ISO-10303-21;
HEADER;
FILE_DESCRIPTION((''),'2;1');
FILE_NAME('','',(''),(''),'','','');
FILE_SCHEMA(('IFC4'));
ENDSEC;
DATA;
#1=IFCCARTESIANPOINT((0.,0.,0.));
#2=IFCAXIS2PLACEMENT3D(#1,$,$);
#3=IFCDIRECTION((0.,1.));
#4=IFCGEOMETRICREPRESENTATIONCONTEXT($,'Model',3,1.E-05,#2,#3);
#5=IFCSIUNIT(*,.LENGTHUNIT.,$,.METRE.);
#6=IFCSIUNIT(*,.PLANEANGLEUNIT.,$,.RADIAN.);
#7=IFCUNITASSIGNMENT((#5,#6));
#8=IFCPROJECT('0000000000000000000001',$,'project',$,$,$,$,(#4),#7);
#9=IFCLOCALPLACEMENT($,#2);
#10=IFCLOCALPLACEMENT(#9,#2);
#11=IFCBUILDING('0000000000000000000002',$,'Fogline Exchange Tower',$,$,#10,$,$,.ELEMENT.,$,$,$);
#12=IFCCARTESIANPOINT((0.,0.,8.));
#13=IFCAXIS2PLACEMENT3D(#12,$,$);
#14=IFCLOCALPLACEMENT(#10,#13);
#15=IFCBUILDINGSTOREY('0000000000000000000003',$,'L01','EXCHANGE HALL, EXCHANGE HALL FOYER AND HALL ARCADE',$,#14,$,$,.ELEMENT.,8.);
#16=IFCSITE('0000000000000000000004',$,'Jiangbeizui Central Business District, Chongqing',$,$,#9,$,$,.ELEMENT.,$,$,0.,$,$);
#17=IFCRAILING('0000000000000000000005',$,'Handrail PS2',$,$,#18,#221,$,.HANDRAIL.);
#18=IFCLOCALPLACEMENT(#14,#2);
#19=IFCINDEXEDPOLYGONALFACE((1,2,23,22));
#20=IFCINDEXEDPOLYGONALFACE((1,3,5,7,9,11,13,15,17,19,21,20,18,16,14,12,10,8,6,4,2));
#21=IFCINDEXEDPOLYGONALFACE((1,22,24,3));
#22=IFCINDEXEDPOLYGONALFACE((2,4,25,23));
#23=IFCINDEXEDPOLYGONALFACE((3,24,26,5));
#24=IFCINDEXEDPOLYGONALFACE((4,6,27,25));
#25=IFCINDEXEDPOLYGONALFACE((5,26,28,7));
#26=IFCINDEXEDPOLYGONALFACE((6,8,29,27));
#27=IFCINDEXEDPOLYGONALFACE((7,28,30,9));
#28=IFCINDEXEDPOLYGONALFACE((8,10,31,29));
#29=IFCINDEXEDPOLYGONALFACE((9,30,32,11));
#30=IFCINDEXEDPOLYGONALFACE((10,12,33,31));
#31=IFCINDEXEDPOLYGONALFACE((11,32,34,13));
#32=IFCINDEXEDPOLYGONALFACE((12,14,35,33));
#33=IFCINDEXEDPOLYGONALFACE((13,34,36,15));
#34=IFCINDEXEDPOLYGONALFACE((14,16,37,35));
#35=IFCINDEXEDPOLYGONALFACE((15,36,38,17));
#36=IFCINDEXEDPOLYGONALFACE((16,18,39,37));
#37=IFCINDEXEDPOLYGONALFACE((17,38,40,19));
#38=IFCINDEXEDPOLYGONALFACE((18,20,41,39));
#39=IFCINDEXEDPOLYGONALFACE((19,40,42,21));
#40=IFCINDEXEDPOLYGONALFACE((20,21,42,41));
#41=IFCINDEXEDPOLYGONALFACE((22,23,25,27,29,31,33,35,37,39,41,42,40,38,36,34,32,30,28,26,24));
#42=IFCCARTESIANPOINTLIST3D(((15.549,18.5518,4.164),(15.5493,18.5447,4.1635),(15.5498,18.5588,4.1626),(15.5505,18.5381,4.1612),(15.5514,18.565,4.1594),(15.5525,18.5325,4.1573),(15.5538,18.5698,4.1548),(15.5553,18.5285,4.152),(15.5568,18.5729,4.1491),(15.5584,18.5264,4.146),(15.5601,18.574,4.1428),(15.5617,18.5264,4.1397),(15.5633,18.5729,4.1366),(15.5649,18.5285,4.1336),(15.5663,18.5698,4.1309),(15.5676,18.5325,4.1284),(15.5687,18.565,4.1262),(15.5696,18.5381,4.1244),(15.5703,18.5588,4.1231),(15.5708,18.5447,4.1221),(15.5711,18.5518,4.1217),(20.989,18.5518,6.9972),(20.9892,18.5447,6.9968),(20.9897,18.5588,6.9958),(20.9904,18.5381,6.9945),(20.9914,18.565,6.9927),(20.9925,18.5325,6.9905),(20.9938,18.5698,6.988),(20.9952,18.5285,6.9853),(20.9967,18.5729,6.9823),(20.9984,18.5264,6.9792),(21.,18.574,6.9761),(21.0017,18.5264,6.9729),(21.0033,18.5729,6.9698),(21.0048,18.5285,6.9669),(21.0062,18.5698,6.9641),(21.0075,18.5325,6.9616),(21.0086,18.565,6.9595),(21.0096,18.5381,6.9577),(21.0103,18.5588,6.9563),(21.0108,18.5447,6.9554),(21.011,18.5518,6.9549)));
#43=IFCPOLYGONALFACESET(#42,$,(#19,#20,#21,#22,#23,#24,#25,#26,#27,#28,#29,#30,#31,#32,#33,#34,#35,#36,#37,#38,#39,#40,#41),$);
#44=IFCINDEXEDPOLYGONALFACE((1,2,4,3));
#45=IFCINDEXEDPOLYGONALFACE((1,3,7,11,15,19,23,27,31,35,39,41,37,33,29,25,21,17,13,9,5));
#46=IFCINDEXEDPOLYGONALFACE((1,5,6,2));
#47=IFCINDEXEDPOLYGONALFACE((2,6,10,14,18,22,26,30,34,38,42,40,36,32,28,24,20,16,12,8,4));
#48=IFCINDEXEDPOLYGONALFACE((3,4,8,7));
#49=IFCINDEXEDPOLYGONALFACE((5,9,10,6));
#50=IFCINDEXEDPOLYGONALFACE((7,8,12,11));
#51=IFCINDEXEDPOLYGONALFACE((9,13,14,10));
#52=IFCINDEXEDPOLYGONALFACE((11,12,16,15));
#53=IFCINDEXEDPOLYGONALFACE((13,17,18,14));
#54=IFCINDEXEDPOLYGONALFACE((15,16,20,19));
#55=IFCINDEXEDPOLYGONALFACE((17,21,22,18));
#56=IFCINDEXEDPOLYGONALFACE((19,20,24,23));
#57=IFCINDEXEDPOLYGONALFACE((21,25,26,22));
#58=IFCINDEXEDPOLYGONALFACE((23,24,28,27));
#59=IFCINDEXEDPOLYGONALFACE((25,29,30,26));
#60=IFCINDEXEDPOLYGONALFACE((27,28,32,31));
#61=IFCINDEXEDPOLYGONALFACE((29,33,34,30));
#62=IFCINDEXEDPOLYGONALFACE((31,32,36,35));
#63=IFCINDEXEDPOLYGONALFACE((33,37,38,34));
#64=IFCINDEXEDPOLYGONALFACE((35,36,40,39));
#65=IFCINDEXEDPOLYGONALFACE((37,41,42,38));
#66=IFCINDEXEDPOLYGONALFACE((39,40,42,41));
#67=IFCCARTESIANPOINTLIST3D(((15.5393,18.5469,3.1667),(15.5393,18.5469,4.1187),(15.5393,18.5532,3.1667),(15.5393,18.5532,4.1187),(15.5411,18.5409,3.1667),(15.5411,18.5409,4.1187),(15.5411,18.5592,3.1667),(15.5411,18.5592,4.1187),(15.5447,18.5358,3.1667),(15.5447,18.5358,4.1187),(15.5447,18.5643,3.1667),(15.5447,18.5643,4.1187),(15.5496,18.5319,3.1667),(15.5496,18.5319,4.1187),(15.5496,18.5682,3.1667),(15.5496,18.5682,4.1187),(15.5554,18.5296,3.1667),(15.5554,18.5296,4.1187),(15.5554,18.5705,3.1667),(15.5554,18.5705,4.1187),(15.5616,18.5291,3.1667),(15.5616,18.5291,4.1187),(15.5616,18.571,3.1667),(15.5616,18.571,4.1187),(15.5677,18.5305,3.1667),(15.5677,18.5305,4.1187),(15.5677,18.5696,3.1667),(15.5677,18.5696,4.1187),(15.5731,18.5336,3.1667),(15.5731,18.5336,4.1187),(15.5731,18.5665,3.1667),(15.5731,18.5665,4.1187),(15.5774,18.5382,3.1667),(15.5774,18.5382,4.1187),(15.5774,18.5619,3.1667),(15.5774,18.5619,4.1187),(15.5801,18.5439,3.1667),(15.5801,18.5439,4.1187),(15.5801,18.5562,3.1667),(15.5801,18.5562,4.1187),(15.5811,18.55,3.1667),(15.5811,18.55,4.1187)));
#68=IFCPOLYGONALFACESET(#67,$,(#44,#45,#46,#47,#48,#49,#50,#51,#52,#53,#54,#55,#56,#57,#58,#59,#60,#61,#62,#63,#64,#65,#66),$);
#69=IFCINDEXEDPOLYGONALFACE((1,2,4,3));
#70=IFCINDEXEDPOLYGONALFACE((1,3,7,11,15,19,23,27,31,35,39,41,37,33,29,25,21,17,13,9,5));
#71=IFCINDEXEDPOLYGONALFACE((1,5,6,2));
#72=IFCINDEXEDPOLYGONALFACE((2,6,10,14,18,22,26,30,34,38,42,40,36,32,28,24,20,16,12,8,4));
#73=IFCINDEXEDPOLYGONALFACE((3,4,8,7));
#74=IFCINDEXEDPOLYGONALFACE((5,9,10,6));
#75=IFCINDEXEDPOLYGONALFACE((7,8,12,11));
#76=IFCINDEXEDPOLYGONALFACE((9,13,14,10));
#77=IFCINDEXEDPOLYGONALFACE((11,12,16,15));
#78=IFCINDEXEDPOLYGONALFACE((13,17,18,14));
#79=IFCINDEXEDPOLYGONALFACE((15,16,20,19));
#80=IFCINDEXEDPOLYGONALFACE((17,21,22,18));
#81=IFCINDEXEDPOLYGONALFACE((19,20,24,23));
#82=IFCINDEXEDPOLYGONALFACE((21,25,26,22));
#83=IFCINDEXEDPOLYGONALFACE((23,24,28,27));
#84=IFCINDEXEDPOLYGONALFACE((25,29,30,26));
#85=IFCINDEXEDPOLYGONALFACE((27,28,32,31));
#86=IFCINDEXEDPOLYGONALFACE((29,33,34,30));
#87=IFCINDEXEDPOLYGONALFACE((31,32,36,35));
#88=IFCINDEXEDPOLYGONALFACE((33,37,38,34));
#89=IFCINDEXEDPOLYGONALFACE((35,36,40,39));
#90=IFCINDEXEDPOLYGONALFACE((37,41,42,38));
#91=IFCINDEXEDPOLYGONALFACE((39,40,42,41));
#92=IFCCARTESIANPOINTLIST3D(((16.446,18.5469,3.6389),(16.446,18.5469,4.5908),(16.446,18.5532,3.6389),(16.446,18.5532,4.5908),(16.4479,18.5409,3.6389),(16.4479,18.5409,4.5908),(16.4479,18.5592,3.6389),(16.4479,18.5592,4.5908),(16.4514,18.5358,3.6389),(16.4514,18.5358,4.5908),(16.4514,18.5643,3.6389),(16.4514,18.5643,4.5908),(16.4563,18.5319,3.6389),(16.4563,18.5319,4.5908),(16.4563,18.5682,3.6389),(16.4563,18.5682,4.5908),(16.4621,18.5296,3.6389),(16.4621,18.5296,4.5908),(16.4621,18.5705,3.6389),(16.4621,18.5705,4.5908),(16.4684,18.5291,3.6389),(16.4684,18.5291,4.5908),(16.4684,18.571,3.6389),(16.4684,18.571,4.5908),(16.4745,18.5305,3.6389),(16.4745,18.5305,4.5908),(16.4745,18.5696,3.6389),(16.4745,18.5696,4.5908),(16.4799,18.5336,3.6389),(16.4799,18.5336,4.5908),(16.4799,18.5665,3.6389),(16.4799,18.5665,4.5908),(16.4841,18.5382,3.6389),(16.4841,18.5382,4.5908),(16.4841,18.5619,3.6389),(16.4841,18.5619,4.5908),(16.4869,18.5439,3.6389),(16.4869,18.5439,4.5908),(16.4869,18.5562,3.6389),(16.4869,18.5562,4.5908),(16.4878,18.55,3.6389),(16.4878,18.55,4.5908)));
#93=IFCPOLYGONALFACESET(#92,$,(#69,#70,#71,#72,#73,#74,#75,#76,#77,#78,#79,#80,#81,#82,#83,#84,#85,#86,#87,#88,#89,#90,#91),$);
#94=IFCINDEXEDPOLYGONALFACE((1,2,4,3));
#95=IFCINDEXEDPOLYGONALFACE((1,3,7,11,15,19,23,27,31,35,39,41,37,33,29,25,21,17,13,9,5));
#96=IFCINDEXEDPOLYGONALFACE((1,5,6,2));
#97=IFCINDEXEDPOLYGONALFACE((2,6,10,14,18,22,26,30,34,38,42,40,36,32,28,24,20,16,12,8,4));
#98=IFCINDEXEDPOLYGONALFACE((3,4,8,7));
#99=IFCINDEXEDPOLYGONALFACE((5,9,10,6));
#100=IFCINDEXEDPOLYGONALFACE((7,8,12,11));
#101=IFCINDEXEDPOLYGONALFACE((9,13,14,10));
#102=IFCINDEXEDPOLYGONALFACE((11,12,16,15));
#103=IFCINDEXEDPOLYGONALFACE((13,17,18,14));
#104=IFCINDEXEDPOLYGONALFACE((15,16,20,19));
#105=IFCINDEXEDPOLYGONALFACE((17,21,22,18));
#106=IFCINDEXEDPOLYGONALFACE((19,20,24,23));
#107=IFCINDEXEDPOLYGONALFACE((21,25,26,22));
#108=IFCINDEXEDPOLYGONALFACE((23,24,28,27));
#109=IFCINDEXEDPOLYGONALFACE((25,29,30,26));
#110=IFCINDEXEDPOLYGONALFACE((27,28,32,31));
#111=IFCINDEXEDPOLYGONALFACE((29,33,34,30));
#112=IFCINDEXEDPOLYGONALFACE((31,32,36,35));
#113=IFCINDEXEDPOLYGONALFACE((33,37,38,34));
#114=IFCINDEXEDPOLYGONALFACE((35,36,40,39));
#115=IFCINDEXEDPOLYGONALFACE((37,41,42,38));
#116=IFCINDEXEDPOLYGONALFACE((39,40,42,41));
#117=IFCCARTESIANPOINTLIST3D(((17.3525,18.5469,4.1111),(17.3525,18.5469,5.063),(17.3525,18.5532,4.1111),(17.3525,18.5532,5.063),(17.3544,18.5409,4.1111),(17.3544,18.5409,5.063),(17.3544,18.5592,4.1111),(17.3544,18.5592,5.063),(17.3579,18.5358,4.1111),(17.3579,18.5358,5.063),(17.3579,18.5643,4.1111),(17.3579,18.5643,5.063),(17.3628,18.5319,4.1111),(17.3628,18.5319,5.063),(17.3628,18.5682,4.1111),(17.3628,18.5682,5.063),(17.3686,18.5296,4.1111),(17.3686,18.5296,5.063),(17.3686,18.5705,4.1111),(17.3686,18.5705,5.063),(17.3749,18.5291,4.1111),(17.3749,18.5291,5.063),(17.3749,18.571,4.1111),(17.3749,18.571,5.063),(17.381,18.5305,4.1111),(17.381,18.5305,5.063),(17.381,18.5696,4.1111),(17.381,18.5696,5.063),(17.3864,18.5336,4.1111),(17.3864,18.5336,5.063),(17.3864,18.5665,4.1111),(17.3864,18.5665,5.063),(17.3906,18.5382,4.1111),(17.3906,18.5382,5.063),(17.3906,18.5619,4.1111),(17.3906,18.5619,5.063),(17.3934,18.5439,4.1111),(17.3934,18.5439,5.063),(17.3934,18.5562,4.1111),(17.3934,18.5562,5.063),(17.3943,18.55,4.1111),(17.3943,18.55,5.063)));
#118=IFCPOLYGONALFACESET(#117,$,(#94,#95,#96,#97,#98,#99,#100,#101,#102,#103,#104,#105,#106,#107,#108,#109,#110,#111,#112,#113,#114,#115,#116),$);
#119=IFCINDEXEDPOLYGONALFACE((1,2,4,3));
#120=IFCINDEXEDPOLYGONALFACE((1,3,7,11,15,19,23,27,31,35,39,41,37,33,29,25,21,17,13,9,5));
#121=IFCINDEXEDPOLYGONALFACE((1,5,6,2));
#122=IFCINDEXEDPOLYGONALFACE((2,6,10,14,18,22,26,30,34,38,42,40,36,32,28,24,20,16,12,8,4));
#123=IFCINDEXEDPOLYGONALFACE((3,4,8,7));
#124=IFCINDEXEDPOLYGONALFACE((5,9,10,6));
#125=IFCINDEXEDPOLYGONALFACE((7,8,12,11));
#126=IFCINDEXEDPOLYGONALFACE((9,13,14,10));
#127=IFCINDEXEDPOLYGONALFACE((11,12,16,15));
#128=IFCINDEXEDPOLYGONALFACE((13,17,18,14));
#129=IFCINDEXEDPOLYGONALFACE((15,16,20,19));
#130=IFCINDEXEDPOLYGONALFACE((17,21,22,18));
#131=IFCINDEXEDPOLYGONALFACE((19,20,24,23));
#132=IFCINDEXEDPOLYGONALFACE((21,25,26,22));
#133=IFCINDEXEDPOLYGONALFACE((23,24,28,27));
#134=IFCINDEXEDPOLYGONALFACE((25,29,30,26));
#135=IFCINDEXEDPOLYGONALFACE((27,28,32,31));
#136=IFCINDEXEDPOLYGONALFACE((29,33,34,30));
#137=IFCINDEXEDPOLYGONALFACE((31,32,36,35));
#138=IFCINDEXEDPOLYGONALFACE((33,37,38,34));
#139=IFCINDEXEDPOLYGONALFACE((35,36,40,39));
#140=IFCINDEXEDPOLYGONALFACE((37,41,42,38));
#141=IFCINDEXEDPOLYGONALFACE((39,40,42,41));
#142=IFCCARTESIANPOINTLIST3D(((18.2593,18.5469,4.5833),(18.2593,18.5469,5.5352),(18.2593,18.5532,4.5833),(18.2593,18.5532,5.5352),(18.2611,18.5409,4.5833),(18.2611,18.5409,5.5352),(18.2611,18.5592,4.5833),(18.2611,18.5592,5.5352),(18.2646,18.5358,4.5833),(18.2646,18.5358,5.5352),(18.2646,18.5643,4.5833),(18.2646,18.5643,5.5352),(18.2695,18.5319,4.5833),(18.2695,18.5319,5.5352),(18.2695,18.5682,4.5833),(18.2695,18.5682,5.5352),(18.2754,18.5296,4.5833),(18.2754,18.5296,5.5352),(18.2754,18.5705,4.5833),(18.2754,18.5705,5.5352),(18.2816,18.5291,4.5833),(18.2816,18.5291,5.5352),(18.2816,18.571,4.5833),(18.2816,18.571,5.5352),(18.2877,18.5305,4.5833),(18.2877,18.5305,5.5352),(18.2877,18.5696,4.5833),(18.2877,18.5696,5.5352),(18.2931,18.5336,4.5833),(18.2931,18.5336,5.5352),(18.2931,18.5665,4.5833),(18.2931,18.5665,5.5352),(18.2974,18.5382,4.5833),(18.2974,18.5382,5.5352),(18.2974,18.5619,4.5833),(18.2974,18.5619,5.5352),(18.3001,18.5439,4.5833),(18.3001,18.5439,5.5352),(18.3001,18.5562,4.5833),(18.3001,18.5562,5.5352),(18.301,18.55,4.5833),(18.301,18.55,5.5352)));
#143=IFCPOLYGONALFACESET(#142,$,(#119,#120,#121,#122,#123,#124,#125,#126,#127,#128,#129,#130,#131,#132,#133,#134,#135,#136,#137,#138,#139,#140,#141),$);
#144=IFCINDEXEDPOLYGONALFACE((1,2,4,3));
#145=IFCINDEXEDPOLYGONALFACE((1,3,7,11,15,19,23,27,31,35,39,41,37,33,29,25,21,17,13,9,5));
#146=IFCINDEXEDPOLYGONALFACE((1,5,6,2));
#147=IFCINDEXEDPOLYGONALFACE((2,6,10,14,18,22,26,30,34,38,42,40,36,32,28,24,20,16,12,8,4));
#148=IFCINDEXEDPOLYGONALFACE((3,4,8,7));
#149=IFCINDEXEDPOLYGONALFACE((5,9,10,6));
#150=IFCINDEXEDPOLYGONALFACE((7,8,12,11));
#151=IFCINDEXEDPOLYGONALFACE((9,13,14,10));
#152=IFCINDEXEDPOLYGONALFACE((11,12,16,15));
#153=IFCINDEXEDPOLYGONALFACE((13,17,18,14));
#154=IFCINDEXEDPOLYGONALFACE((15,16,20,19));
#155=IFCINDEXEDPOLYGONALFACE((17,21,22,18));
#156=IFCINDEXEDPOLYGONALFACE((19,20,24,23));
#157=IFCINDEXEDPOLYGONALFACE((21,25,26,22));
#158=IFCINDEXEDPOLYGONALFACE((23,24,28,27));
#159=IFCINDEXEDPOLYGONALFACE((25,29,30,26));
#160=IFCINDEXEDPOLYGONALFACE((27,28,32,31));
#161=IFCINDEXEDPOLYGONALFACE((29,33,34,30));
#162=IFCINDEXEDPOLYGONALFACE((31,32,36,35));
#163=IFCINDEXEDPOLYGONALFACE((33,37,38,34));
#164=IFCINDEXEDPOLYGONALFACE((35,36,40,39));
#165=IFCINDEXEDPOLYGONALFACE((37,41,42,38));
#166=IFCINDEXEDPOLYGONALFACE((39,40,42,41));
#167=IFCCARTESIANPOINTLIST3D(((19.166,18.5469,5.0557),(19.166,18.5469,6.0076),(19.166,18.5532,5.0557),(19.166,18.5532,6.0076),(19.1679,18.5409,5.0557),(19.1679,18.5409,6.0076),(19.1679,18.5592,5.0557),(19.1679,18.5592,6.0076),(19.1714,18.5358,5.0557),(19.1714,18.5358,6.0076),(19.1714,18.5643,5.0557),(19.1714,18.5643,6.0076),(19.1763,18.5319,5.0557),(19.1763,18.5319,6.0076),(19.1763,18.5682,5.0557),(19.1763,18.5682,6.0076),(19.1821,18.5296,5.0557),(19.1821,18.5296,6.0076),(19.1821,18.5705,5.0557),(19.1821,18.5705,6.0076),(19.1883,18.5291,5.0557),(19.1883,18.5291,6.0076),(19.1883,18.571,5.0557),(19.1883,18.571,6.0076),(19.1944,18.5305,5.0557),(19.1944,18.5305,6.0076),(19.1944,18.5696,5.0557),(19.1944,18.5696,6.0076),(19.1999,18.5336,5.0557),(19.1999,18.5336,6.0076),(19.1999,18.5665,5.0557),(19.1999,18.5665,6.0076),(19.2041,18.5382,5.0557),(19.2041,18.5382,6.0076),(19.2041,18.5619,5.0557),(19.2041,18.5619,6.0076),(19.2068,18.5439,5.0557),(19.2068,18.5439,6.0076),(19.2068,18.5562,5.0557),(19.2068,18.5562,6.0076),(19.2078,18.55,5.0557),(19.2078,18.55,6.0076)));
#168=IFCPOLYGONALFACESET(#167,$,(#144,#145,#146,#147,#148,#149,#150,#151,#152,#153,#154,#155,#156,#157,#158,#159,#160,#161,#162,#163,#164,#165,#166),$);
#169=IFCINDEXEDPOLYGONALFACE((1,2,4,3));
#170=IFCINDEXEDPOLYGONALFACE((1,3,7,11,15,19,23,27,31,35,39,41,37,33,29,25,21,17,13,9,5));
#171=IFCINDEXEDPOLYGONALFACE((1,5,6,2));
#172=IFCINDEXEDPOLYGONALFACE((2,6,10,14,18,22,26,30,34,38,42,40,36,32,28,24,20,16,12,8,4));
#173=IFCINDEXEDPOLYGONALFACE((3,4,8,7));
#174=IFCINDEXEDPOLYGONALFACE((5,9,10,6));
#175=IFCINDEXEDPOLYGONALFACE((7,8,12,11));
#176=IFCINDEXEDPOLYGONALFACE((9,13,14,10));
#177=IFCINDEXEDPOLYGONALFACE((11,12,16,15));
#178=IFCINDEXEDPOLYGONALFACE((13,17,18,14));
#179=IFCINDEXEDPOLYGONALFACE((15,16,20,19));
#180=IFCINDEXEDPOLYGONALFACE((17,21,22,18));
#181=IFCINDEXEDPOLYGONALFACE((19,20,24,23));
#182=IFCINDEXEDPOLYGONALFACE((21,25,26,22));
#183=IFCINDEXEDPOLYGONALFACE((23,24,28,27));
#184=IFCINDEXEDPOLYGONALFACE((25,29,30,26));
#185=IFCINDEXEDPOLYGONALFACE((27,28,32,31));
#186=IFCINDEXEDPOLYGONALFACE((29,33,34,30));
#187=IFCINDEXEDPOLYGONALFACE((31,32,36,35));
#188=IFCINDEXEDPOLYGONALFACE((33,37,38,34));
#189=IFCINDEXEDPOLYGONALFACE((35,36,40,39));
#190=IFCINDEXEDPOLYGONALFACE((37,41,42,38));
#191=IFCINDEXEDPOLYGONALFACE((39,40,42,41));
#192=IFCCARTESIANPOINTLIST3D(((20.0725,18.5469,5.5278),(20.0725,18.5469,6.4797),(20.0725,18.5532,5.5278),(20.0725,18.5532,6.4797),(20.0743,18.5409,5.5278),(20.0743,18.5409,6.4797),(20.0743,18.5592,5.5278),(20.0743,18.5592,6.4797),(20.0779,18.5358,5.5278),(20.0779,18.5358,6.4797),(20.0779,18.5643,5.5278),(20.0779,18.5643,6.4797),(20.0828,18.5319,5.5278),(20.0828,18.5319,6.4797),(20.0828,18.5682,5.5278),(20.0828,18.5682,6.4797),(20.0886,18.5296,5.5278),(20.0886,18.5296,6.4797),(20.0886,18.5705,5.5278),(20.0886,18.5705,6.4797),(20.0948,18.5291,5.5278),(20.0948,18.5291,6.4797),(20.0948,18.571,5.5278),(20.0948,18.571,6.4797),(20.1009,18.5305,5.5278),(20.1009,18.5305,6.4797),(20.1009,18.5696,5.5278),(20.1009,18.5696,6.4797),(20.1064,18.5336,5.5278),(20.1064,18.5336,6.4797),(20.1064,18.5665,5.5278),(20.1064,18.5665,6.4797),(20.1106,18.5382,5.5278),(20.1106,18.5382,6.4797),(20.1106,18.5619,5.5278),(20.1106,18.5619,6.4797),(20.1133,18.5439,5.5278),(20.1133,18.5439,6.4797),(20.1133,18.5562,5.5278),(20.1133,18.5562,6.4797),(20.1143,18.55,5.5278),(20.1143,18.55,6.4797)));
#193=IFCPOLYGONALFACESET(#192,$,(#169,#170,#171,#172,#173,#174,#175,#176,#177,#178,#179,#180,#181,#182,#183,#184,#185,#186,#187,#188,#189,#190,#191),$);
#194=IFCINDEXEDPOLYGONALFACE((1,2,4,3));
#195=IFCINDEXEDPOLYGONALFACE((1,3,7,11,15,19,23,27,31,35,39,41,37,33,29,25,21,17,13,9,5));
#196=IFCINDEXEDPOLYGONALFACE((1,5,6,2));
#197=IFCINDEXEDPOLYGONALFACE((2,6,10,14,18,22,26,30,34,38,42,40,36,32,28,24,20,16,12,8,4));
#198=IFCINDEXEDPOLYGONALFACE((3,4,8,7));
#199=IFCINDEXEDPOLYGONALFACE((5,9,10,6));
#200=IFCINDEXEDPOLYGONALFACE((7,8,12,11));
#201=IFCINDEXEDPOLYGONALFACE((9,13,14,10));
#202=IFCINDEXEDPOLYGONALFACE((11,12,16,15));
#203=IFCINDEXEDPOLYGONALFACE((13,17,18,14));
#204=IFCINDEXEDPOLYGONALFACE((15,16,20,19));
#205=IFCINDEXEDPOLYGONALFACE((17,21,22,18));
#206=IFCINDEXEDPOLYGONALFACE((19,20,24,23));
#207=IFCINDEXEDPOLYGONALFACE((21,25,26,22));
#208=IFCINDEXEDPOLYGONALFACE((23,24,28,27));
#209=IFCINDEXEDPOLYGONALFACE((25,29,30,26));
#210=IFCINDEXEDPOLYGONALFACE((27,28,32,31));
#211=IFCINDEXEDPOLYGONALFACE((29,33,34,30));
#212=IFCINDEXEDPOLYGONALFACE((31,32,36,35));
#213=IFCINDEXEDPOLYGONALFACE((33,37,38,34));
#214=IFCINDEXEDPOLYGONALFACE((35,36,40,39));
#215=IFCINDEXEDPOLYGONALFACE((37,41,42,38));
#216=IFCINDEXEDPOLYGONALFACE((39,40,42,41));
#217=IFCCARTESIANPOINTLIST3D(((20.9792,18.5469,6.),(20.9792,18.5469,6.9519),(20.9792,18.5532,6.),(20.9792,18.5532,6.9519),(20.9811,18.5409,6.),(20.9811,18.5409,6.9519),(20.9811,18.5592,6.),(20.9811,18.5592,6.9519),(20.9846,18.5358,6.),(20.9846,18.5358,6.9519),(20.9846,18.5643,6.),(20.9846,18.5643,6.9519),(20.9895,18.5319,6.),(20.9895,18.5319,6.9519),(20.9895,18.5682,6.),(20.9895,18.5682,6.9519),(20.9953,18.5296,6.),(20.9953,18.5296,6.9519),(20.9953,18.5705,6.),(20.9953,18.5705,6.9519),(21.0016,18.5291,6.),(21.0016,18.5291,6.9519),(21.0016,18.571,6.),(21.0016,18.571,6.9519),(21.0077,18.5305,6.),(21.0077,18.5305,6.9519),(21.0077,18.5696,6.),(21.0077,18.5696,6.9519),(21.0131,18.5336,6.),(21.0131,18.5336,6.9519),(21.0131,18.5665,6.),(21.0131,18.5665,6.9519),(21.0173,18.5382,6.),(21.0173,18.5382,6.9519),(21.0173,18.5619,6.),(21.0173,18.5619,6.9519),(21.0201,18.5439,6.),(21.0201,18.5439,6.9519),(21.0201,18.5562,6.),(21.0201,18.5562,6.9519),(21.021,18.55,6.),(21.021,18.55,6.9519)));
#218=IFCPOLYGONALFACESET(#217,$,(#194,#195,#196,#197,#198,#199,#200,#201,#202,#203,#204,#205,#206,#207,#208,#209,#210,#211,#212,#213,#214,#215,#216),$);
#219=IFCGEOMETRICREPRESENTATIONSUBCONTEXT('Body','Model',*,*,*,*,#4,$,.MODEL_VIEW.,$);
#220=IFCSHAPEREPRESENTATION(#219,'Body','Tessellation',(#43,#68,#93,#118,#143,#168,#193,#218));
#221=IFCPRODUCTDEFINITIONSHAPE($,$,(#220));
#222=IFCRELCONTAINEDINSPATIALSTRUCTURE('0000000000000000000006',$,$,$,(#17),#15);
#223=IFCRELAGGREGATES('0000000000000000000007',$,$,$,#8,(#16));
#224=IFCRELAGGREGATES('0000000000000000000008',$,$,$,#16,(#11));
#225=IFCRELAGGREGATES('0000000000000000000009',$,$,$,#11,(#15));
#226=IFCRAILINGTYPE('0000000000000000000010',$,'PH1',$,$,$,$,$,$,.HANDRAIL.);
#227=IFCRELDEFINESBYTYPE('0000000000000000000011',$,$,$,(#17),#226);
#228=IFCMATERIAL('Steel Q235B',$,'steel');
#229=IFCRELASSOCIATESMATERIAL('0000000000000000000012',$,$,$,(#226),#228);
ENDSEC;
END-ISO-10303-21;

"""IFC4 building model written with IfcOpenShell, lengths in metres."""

from ifc_helpers import new_model, si_unit, direction, frame, origin, origin_2d, place, context, subcontext, project, spatial, circle, extrude, material, type_object, element, save


model = new_model("IFC4")

# Units and contexts
model_context = context("Model", 3, precision=1e-05, world=origin(), true_north=direction((0.0, 1.0)))
body_context = subcontext(model_context, "Body", "Model", "MODEL_VIEW")
ifc_project = project(units=[si_unit("LENGTHUNIT", "METRE"), si_unit("PLANEANGLEUNIT", "RADIAN")], contexts=[model_context])

# Site, building, storey
site_placement = place(None, origin())
site = spatial("IfcSite", under=ifc_project, at=site_placement, Name="Jiangbeizui Central Business District, Chongqing", CompositionType="ELEMENT", RefElevation=0.0)
building_placement = place(site_placement, origin())
building = spatial("IfcBuilding", under=site, at=building_placement, Name="Fogline Exchange Tower", CompositionType="ELEMENT")
storey_placement = place(building_placement, frame((0.0, 0.0, 8.0)))
storey = spatial("IfcBuildingStorey", under=building, at=storey_placement, Name="L01", Description="EXCHANGE HALL, EXCHANGE HALL FOYER AND HALL ARCADE", CompositionType="ELEMENT", Elevation=8.0)

# Shared definitions
ifc_material_1 = material(Name="Steel Q235B", Category="steel")

# Railing
railing_type_1 = type_object("IfcRailingType", Name="PH1", PredefinedType="HANDRAIL", material=ifc_material_1)
railing_1_placement = place(storey_placement, frame((15.5601, 18.55, 3.1667)))
element("IfcRailing", 1, at=railing_1_placement, inside=storey, type_object=railing_type_1, Name="Handrail PS2", PredefinedType="HANDRAIL", context=body_context, shape_type="SweptSolid", body=[
    extrude(circle(Radius=0.0239, at=origin_2d()), frame((0.0, 0.0, 0.9761), z_axis=(0.886917, 0.0, 0.461928), x_axis=(0.0, 1.0, 0.0)), (0.0, 0.0, 1.0), 6.1335),
    extrude(circle(Radius=0.021, at=origin_2d()), origin(), (0.0, 0.0, 1.0), 0.9519),
    extrude(circle(Radius=0.021, at=origin_2d()), frame((0.9067, 0.0, 0.4722)), (0.0, 0.0, 1.0), 0.9519),
    extrude(circle(Radius=0.021, at=origin_2d()), frame((1.8132, 0.0, 0.9443)), (0.0, 0.0, 1.0), 0.9519),
    extrude(circle(Radius=0.021, at=origin_2d()), frame((2.72, 0.0, 1.4165)), (0.0, 0.0, 1.0), 0.9519),
    extrude(circle(Radius=0.021, at=origin_2d()), frame((3.6267, 0.0, 1.8889)), (0.0, 0.0, 1.0), 0.9519),
    extrude(circle(Radius=0.021, at=origin_2d()), frame((4.5332, 0.0, 2.3611)), (0.0, 0.0, 1.0), 0.9519),
    extrude(circle(Radius=0.021, at=origin_2d()), frame((5.4399, 0.0, 2.8333)), (0.0, 0.0, 1.0), 0.9519),
])

save(model, "model.ifc")
